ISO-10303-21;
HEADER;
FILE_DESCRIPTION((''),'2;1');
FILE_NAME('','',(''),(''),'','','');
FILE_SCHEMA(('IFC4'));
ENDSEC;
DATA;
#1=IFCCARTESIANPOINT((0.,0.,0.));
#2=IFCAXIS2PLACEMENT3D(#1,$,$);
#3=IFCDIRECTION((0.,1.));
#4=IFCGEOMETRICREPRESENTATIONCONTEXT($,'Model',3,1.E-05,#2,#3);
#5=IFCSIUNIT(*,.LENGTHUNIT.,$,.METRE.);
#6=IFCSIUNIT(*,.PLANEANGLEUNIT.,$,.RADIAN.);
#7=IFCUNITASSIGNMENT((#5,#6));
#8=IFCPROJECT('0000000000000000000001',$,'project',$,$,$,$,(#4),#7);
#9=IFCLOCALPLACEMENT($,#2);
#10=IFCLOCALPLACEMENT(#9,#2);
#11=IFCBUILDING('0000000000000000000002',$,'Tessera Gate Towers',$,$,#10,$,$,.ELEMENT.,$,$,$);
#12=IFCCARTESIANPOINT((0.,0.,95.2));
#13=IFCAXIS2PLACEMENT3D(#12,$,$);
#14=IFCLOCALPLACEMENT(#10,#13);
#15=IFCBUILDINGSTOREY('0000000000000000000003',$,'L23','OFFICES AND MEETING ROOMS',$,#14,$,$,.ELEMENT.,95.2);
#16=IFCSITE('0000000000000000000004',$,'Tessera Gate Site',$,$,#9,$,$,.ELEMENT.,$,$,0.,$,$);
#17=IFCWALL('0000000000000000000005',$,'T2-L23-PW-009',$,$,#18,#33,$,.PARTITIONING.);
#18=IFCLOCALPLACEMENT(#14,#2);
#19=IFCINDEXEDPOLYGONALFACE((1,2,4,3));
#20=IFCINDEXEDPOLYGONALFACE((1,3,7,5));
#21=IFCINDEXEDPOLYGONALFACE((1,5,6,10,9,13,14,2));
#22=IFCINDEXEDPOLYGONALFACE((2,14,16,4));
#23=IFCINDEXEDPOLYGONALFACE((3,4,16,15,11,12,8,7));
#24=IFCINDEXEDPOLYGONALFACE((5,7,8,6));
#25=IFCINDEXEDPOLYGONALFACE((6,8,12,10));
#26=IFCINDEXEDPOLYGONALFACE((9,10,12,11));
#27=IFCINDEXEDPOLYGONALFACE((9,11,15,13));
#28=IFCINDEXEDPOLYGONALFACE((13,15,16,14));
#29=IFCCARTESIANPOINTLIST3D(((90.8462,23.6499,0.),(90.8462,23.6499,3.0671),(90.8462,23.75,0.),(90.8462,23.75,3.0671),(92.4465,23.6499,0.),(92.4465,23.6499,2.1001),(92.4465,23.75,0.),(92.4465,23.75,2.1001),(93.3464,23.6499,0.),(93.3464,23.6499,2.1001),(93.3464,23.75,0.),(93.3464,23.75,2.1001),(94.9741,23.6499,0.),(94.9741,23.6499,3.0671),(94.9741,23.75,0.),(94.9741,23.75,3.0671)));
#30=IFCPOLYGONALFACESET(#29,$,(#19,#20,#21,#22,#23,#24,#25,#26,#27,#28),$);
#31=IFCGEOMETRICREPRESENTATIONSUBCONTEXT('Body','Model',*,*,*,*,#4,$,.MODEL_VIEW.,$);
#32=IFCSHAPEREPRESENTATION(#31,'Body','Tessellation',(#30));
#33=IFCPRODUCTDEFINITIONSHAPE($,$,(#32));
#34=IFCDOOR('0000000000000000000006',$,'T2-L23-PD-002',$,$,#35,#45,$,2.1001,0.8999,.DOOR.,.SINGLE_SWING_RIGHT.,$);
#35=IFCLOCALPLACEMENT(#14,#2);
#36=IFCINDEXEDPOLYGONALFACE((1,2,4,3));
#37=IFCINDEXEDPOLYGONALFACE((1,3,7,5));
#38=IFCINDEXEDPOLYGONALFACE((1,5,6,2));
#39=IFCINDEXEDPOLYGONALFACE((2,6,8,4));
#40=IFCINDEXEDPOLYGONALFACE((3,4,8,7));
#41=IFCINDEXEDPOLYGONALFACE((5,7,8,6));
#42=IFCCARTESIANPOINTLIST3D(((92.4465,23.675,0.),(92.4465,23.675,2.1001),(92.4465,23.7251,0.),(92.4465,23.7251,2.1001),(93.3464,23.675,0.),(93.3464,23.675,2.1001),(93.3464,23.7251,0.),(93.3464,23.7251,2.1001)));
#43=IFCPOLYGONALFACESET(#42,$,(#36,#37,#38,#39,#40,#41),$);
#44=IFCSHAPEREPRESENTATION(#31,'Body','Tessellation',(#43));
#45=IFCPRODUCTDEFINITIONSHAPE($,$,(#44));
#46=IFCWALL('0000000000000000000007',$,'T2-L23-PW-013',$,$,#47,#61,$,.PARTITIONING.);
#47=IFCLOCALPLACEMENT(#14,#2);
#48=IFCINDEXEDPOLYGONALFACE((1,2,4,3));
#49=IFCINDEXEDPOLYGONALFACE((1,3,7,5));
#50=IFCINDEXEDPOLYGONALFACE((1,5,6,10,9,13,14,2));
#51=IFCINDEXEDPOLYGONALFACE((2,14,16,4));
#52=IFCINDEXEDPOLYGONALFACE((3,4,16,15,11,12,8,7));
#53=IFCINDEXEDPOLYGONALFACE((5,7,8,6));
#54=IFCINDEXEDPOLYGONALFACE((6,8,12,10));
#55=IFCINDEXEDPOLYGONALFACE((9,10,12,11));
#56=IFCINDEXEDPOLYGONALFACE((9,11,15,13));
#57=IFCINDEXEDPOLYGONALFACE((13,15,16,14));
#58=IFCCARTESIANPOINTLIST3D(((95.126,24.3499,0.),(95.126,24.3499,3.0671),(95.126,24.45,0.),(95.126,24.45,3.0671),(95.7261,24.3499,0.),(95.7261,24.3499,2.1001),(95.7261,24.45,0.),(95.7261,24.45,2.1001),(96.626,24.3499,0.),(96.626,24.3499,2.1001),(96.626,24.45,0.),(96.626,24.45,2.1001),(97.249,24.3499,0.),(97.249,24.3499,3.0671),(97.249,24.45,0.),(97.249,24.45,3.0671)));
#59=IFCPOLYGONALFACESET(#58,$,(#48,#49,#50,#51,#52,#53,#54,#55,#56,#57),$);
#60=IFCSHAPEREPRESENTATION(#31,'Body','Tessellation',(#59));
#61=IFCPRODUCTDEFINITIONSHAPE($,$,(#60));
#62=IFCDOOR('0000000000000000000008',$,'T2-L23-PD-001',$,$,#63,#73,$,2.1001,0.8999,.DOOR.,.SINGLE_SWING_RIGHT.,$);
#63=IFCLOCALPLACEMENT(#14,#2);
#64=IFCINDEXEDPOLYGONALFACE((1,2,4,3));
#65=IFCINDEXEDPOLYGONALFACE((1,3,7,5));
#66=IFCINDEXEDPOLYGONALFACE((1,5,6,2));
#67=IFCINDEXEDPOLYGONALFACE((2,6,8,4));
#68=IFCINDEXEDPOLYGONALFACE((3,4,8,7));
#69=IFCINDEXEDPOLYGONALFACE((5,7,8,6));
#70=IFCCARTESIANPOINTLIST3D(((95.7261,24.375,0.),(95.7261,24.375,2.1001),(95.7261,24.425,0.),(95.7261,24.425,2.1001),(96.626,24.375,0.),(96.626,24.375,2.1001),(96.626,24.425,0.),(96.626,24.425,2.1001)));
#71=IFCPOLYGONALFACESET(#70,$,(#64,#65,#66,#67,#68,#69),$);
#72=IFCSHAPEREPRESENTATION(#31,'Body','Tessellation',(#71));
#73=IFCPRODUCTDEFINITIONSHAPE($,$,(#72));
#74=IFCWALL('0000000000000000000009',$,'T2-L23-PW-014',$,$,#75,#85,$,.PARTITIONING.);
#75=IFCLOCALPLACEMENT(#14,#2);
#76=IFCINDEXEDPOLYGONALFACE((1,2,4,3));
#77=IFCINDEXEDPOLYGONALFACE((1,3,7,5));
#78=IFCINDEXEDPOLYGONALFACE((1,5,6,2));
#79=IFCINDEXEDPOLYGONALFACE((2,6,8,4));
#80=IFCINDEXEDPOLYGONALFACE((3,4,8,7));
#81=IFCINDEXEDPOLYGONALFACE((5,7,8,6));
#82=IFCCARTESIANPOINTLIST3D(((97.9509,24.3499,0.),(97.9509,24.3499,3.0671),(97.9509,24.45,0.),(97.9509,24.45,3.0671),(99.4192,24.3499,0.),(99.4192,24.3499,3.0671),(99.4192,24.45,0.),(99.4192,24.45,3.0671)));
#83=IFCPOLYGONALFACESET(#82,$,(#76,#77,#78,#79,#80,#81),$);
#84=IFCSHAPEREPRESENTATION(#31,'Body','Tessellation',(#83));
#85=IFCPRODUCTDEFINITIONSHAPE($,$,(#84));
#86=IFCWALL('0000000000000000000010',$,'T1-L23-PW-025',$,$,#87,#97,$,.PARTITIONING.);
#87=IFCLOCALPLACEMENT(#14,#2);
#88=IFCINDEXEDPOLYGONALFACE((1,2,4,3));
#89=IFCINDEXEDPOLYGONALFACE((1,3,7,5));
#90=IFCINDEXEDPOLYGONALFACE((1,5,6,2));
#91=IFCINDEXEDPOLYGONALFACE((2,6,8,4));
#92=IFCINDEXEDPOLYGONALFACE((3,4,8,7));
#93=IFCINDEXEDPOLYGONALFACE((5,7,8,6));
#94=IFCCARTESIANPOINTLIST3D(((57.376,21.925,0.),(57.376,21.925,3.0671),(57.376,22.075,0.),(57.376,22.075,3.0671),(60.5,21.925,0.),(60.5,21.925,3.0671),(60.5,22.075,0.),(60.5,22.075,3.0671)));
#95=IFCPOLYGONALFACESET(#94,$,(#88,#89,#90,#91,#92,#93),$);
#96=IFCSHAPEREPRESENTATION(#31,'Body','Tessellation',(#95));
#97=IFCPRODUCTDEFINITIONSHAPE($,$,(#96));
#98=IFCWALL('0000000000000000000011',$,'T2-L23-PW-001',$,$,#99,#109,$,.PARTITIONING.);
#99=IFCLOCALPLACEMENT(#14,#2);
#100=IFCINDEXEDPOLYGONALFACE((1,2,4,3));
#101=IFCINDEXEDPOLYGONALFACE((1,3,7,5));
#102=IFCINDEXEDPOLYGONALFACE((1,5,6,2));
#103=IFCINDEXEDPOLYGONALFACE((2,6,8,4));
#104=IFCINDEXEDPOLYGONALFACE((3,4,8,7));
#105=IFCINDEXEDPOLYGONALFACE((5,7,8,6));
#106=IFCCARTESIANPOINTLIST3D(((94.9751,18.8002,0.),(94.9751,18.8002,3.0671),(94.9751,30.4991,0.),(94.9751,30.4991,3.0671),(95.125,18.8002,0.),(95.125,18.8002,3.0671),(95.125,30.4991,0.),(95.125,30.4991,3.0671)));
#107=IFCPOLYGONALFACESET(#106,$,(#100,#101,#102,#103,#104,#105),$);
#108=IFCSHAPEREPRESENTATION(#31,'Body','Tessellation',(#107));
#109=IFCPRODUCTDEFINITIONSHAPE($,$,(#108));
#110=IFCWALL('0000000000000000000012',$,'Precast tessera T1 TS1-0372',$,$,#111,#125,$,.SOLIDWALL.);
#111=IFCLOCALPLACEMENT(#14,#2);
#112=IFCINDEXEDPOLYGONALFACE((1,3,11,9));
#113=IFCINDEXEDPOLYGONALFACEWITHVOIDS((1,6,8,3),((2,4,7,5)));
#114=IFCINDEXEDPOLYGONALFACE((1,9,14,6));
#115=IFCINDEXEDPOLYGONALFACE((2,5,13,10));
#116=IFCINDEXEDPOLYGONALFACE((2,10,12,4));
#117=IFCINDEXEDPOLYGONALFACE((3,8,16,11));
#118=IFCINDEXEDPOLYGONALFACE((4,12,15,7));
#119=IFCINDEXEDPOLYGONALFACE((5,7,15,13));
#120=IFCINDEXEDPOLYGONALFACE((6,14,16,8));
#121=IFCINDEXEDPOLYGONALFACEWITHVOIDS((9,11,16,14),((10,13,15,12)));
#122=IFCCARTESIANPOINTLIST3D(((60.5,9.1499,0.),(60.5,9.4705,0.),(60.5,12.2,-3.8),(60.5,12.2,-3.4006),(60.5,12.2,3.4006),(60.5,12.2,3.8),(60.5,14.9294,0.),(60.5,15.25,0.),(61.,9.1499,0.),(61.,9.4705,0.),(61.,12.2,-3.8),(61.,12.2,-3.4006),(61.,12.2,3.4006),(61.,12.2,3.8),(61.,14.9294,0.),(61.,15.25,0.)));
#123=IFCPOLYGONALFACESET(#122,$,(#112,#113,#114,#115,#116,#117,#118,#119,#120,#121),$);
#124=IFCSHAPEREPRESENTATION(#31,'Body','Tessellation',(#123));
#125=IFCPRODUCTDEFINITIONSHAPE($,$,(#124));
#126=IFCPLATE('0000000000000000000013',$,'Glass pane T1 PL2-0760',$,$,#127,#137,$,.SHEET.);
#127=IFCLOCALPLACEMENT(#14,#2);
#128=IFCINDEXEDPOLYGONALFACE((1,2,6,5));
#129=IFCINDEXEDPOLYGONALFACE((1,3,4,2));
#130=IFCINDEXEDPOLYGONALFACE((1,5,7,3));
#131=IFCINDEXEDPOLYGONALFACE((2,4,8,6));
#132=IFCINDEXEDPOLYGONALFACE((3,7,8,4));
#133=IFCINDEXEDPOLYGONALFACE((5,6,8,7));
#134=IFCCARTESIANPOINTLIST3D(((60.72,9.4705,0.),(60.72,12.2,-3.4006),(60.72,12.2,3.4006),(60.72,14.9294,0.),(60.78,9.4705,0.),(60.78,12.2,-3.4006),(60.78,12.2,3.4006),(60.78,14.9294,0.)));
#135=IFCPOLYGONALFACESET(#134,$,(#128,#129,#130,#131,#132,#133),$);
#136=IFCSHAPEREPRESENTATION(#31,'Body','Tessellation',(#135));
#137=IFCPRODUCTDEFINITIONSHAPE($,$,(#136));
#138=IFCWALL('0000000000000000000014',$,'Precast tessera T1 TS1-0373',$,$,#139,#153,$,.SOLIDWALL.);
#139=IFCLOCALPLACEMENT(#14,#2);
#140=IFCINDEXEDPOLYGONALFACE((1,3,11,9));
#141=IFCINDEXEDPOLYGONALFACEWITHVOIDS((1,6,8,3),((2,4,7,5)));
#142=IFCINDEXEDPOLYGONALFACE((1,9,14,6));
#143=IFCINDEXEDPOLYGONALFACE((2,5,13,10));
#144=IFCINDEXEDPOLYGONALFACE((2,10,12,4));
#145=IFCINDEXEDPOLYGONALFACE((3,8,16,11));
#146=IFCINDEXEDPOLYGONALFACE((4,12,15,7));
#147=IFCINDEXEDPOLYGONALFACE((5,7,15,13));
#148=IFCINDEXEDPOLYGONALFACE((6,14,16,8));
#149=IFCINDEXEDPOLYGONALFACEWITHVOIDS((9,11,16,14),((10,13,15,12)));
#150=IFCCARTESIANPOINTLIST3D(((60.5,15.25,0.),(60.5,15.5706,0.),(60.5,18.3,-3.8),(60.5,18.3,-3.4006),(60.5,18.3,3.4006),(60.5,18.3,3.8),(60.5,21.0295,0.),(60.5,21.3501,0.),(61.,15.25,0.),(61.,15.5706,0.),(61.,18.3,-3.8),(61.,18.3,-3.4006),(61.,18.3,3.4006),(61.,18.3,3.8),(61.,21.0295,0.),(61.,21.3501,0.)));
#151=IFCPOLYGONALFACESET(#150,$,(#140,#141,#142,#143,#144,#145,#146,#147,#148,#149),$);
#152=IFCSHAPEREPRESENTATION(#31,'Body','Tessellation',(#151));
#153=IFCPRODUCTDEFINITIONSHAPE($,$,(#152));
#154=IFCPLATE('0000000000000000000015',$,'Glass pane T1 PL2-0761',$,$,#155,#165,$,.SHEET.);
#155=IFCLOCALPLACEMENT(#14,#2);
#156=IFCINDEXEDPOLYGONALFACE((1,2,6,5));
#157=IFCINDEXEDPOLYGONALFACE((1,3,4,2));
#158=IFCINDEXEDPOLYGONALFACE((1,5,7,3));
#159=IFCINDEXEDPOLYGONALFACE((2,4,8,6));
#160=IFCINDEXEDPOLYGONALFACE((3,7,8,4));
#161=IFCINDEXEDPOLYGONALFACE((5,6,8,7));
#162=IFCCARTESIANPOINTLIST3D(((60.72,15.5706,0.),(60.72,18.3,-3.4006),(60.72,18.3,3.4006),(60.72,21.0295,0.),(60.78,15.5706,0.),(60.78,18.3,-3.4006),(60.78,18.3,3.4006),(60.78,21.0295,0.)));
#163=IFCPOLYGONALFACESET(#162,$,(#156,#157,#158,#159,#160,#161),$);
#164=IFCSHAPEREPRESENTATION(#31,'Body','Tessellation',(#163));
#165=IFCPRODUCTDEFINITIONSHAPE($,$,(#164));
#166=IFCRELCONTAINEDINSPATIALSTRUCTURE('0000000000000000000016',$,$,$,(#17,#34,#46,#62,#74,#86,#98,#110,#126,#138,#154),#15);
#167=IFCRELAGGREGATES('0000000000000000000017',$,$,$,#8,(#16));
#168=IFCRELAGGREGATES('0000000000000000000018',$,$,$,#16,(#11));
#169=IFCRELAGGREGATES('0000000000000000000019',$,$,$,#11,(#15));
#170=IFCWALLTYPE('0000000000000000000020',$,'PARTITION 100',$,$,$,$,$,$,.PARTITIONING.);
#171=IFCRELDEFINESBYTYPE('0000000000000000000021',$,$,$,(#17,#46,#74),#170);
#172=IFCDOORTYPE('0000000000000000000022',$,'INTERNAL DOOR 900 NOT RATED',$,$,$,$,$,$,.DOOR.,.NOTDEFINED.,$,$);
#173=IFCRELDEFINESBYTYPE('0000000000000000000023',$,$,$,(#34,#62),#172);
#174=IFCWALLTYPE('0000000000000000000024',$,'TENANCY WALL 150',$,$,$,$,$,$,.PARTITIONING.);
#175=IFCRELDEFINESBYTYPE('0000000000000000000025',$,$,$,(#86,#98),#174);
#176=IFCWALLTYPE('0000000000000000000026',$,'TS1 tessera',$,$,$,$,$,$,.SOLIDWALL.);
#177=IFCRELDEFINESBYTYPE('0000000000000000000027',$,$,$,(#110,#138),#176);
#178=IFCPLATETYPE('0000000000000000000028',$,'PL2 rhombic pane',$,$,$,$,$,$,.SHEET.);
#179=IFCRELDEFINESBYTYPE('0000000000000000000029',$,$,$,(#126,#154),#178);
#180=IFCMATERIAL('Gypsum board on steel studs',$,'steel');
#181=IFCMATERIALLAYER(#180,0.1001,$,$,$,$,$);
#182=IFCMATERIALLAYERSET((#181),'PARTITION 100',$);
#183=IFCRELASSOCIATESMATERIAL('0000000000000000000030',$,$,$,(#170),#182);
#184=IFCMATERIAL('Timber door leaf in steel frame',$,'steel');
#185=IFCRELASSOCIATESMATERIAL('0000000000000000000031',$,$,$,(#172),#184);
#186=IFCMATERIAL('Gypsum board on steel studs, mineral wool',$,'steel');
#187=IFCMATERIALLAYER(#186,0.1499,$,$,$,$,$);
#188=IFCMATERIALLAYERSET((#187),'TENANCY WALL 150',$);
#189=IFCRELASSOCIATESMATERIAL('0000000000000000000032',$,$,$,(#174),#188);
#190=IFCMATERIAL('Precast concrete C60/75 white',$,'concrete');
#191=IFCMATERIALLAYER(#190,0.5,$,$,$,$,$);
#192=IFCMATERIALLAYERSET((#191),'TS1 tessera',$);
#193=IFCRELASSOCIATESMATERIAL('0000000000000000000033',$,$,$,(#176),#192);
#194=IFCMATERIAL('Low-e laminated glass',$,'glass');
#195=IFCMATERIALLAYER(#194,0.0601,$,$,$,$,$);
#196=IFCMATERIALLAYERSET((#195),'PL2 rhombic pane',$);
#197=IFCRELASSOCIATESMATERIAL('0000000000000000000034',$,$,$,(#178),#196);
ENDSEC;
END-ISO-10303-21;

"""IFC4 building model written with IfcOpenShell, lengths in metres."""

from ifc_helpers import new_model, si_unit, direction, frame, frame_2d, origin, place, context, subcontext, project, spatial, polyline, rectangle, outline, extrude, source, transform, mapped, material, layer, layer_set, type_object, element, fill, save


model = new_model("IFC4")

# Units and contexts
model_context = context("Model", 3, precision=1e-05, world=origin(), true_north=direction((0.0, 1.0)))
body_context = subcontext(model_context, "Body", "Model", "MODEL_VIEW")
ifc_project = project(units=[si_unit("LENGTHUNIT", "METRE"), si_unit("PLANEANGLEUNIT", "RADIAN")], contexts=[model_context])

# Site, building, storey
site_placement = place(None, origin())
site = spatial("IfcSite", under=ifc_project, at=site_placement, Name="Tessera Gate Site", CompositionType="ELEMENT", RefElevation=0.0)
building_placement = place(site_placement, origin())
building = spatial("IfcBuilding", under=site, at=building_placement, Name="Tessera Gate Towers", CompositionType="ELEMENT")
storey_placement = place(building_placement, frame((0.0, 0.0, 95.2)))
storey = spatial("IfcBuildingStorey", under=building, at=storey_placement, Name="L23", Description="OFFICES AND MEETING ROOMS", CompositionType="ELEMENT", Elevation=95.2)

# Shared definitions
ifc_material_1 = material(Name="Gypsum board on steel studs", Category="steel")
ifc_layer_1 = layer(ifc_material_1, 0.1001)
ifc_layer_set_1 = layer_set([ifc_layer_1], Name="PARTITION 100")
wall_type_1 = type_object("IfcWallType", Name="PARTITION 100", PredefinedType="PARTITIONING", material=ifc_layer_set_1)

# Walls, openings, doors
shared_shape_1 = source(origin(), body_context, "Body", "SweptSolid", [
    extrude(rectangle(XDim=0.8999, YDim=2.1001, at=frame_2d((0.45, 1.05))), frame((0.0, 0.0601, 0.0), z_axis=(0.0, -1.0, 0.0), x_axis=(1.0, 0.0, 0.0)), (0.0, 0.0, 1.0), 0.1201),
])
ifc_material_2 = material(Name="Timber door leaf in steel frame", Category="steel")
door_type_1 = type_object("IfcDoorType", Name="INTERNAL DOOR 900 NOT RATED", OperationType="NOTDEFINED", PredefinedType="DOOR", material=ifc_material_2)
shared_shape_2 = source(origin(), body_context, "Body", "SweptSolid", [
    extrude(rectangle(XDim=0.8999, YDim=2.1001, at=frame_2d((0.45, 1.05))), frame((0.0, 0.0249, 0.0), z_axis=(0.0, -1.0, 0.0), x_axis=(1.0, 0.0, 0.0)), (0.0, 0.0, 1.0), 0.05),
])
wall_1_placement = place(storey_placement, frame((94.9741, 23.7, 0.0), z_axis=(0.0, 0.0, 1.0), x_axis=(-1.0, 0.0, 0.0)))
wall_1 = element("IfcWall", 1, at=wall_1_placement, inside=storey, type_object=wall_type_1, Name="T2-L23-PW-009", PredefinedType="PARTITIONING", context=body_context, shape_type="SweptSolid", body=[
    extrude(rectangle(XDim=4.1279, YDim=0.1001, at=frame_2d((2.064, 0.0))), origin(), (0.0, 0.0, 1.0), 3.0671),
])
opening_1_placement = place(wall_1_placement, frame((1.6277, 0.0, 0.0)))
opening_1 = element("IfcOpeningElement", 2, at=opening_1_placement, cuts=wall_1, PredefinedType="OPENING", context=body_context, shape_type="MappedRepresentation", body=[
    mapped(shared_shape_1, transform((0.0, 0.0, 0.0), scale=1.0)),
])
door_1_placement = place(opening_1_placement, origin())
door_1 = element("IfcDoor", 3, at=door_1_placement, inside=storey, type_object=door_type_1, Name="T2-L23-PD-002", OperationType="SINGLE_SWING_RIGHT", OverallHeight=2.1001, OverallWidth=0.8999, PredefinedType="DOOR", context=body_context, shape_type="MappedRepresentation", body=[
    mapped(shared_shape_2, transform((0.0, 0.0, 0.0), scale=1.0)),
])
fill(opening_1, door_1)
wall_2_placement = place(storey_placement, frame((97.249, 24.3999, 0.0), z_axis=(0.0, 0.0, 1.0), x_axis=(-1.0, 0.0, 0.0)))
wall_2 = element("IfcWall", 4, at=wall_2_placement, inside=storey, type_object=wall_type_1, Name="T2-L23-PW-013", PredefinedType="PARTITIONING", context=body_context, shape_type="SweptSolid", body=[
    extrude(rectangle(XDim=2.123, YDim=0.1001, at=frame_2d((1.0615, 0.0))), origin(), (0.0, 0.0, 1.0), 3.0671),
])
opening_2_placement = place(wall_2_placement, frame((0.623, 0.0, 0.0)))
opening_2 = element("IfcOpeningElement", 5, at=opening_2_placement, cuts=wall_2, PredefinedType="OPENING", context=body_context, shape_type="MappedRepresentation", body=[
    mapped(shared_shape_1, transform((0.0, 0.0, 0.0), scale=1.0)),
])
door_2_placement = place(opening_2_placement, origin())
door_2 = element("IfcDoor", 6, at=door_2_placement, inside=storey, type_object=door_type_1, Name="T2-L23-PD-001", OperationType="SINGLE_SWING_RIGHT", OverallHeight=2.1001, OverallWidth=0.8999, PredefinedType="DOOR", context=body_context, shape_type="MappedRepresentation", body=[
    mapped(shared_shape_2, transform((0.0, 0.0, 0.0), scale=1.0)),
])
fill(opening_2, door_2)

# Walls
wall_3_placement = place(storey_placement, frame((97.9509, 24.3999, 0.0), z_axis=(0.0, 0.0, 1.0), x_axis=(1.0, 0.0, 0.0)))
element("IfcWall", 7, at=wall_3_placement, inside=storey, type_object=wall_type_1, Name="T2-L23-PW-014", PredefinedType="PARTITIONING", context=body_context, shape_type="SweptSolid", body=[
    extrude(rectangle(XDim=1.4683, YDim=0.1001, at=frame_2d((0.7341, 0.0))), origin(), (0.0, 0.0, 1.0), 3.0671),
])
ifc_material_3 = material(Name="Gypsum board on steel studs, mineral wool", Category="steel")
ifc_layer_2 = layer(ifc_material_3, 0.1499)
ifc_layer_set_2 = layer_set([ifc_layer_2], Name="TENANCY WALL 150")
wall_type_2 = type_object("IfcWallType", Name="TENANCY WALL 150", PredefinedType="PARTITIONING", material=ifc_layer_set_2)
wall_4_placement = place(storey_placement, frame((57.376, 22.0, 0.0), z_axis=(0.0, 0.0, 1.0), x_axis=(1.0, 0.0, 0.0)))
element("IfcWall", 8, at=wall_4_placement, inside=storey, type_object=wall_type_2, Name="T1-L23-PW-025", PredefinedType="PARTITIONING", context=body_context, shape_type="SweptSolid", body=[
    extrude(rectangle(XDim=3.124, YDim=0.1499, at=frame_2d((1.562, 0.0))), origin(), (0.0, 0.0, 1.0), 3.0671),
])
wall_5_placement = place(storey_placement, frame((95.05, 18.8, 0.0), z_axis=(0.0, 0.0, 1.0), x_axis=(0.0, 1.0, 0.0)))
element("IfcWall", 9, at=wall_5_placement, inside=storey, type_object=wall_type_2, Name="T2-L23-PW-001", PredefinedType="PARTITIONING", context=body_context, shape_type="SweptSolid", body=[
    extrude(rectangle(XDim=11.699, YDim=0.1499, at=frame_2d((5.8496, 0.0))), origin(), (0.0, 0.0, 1.0), 3.0671),
])

# Walls, openings, plates
ifc_material_4 = material(Name="Precast concrete C60/75 white", Category="concrete")
ifc_layer_3 = layer(ifc_material_4, 0.5)
ifc_layer_set_3 = layer_set([ifc_layer_3], Name="TS1 tessera")
wall_type_3 = type_object("IfcWallType", Name="TS1 tessera", PredefinedType="SOLIDWALL", material=ifc_layer_set_3)
shared_shape_3 = source(origin(), body_context, "Body", "SweptSolid", [
    extrude(outline(polyline([(3.05, 0.0), (6.1001, 3.8), (3.05, 7.6001), (0.0, 3.8), (3.05, 0.0)])), frame((0.0, 0.25, 0.0), z_axis=(0.0, -1.0, 0.0), x_axis=(1.0, 0.0, 0.0)), (0.0, 0.0, 1.0), 0.5),
])
wall_6_placement = place(storey_placement, frame((60.75, 9.1499, -3.8), z_axis=(0.0, 0.0, 1.0), x_axis=(0.0, 1.0, 0.0)))
wall_6 = element("IfcWall", 10, at=wall_6_placement, inside=storey, type_object=wall_type_3, Name="Precast tessera T1 TS1-0372", PredefinedType="SOLIDWALL", context=body_context, shape_type="MappedRepresentation", body=[
    mapped(shared_shape_3, transform((0.0, 0.0, 0.0), scale=1.0)),
])
shared_shape_4 = source(origin(), body_context, "Body", "SweptSolid", [
    extrude(outline(polyline([(3.05, 0.3994), (5.7795, 3.8), (3.05, 7.2007), (0.3206, 3.8), (3.05, 0.3994)])), frame((0.0, 0.26, 0.0), z_axis=(0.0, -1.0, 0.0), x_axis=(1.0, 0.0, 0.0)), (0.0, 0.0, 1.0), 0.52),
])
opening_3_placement = place(wall_6_placement, origin())
opening_3 = element("IfcOpeningElement", 11, at=opening_3_placement, cuts=wall_6, PredefinedType="OPENING", context=body_context, shape_type="MappedRepresentation", body=[
    mapped(shared_shape_4, transform((0.0, 0.0, 0.0), scale=1.0)),
])
ifc_material_5 = material(Name="Low-e laminated glass", Category="glass")
ifc_layer_4 = layer(ifc_material_5, 0.0601)
ifc_layer_set_4 = layer_set([ifc_layer_4], Name="PL2 rhombic pane")
plate_type = type_object("IfcPlateType", Name="PL2 rhombic pane", PredefinedType="SHEET", material=ifc_layer_set_4)
shared_shape_5 = source(origin(), body_context, "Body", "SweptSolid", [
    extrude(outline(polyline([(3.05, 0.3994), (5.7795, 3.8), (3.05, 7.2007), (0.3206, 3.8), (3.05, 0.3994)])), frame((0.0, 0.03, 0.0), z_axis=(0.0, -1.0, 0.0), x_axis=(1.0, 0.0, 0.0)), (0.0, 0.0, 1.0), 0.0601),
])
plate_1_placement = place(opening_3_placement, origin())
plate_1 = element("IfcPlate", 12, at=plate_1_placement, inside=storey, type_object=plate_type, Name="Glass pane T1 PL2-0760", PredefinedType="SHEET", context=body_context, shape_type="MappedRepresentation", body=[
    mapped(shared_shape_5, transform((0.0, 0.0, 0.0), scale=1.0)),
])
fill(opening_3, plate_1)
wall_7_placement = place(storey_placement, frame((60.75, 15.25, -3.8), z_axis=(0.0, 0.0, 1.0), x_axis=(0.0, 1.0, 0.0)))
wall_7 = element("IfcWall", 13, at=wall_7_placement, inside=storey, type_object=wall_type_3, Name="Precast tessera T1 TS1-0373", PredefinedType="SOLIDWALL", context=body_context, shape_type="MappedRepresentation", body=[
    mapped(shared_shape_3, transform((0.0, 0.0, 0.0), scale=1.0)),
])
opening_4_placement = place(wall_7_placement, origin())
opening_4 = element("IfcOpeningElement", 14, at=opening_4_placement, cuts=wall_7, PredefinedType="OPENING", context=body_context, shape_type="MappedRepresentation", body=[
    mapped(shared_shape_4, transform((0.0, 0.0, 0.0), scale=1.0)),
])
plate_2_placement = place(opening_4_placement, origin())
plate_2 = element("IfcPlate", 15, at=plate_2_placement, inside=storey, type_object=plate_type, Name="Glass pane T1 PL2-0761", PredefinedType="SHEET", context=body_context, shape_type="MappedRepresentation", body=[
    mapped(shared_shape_5, transform((0.0, 0.0, 0.0), scale=1.0)),
])
fill(opening_4, plate_2)

save(model, "model.ifc")
